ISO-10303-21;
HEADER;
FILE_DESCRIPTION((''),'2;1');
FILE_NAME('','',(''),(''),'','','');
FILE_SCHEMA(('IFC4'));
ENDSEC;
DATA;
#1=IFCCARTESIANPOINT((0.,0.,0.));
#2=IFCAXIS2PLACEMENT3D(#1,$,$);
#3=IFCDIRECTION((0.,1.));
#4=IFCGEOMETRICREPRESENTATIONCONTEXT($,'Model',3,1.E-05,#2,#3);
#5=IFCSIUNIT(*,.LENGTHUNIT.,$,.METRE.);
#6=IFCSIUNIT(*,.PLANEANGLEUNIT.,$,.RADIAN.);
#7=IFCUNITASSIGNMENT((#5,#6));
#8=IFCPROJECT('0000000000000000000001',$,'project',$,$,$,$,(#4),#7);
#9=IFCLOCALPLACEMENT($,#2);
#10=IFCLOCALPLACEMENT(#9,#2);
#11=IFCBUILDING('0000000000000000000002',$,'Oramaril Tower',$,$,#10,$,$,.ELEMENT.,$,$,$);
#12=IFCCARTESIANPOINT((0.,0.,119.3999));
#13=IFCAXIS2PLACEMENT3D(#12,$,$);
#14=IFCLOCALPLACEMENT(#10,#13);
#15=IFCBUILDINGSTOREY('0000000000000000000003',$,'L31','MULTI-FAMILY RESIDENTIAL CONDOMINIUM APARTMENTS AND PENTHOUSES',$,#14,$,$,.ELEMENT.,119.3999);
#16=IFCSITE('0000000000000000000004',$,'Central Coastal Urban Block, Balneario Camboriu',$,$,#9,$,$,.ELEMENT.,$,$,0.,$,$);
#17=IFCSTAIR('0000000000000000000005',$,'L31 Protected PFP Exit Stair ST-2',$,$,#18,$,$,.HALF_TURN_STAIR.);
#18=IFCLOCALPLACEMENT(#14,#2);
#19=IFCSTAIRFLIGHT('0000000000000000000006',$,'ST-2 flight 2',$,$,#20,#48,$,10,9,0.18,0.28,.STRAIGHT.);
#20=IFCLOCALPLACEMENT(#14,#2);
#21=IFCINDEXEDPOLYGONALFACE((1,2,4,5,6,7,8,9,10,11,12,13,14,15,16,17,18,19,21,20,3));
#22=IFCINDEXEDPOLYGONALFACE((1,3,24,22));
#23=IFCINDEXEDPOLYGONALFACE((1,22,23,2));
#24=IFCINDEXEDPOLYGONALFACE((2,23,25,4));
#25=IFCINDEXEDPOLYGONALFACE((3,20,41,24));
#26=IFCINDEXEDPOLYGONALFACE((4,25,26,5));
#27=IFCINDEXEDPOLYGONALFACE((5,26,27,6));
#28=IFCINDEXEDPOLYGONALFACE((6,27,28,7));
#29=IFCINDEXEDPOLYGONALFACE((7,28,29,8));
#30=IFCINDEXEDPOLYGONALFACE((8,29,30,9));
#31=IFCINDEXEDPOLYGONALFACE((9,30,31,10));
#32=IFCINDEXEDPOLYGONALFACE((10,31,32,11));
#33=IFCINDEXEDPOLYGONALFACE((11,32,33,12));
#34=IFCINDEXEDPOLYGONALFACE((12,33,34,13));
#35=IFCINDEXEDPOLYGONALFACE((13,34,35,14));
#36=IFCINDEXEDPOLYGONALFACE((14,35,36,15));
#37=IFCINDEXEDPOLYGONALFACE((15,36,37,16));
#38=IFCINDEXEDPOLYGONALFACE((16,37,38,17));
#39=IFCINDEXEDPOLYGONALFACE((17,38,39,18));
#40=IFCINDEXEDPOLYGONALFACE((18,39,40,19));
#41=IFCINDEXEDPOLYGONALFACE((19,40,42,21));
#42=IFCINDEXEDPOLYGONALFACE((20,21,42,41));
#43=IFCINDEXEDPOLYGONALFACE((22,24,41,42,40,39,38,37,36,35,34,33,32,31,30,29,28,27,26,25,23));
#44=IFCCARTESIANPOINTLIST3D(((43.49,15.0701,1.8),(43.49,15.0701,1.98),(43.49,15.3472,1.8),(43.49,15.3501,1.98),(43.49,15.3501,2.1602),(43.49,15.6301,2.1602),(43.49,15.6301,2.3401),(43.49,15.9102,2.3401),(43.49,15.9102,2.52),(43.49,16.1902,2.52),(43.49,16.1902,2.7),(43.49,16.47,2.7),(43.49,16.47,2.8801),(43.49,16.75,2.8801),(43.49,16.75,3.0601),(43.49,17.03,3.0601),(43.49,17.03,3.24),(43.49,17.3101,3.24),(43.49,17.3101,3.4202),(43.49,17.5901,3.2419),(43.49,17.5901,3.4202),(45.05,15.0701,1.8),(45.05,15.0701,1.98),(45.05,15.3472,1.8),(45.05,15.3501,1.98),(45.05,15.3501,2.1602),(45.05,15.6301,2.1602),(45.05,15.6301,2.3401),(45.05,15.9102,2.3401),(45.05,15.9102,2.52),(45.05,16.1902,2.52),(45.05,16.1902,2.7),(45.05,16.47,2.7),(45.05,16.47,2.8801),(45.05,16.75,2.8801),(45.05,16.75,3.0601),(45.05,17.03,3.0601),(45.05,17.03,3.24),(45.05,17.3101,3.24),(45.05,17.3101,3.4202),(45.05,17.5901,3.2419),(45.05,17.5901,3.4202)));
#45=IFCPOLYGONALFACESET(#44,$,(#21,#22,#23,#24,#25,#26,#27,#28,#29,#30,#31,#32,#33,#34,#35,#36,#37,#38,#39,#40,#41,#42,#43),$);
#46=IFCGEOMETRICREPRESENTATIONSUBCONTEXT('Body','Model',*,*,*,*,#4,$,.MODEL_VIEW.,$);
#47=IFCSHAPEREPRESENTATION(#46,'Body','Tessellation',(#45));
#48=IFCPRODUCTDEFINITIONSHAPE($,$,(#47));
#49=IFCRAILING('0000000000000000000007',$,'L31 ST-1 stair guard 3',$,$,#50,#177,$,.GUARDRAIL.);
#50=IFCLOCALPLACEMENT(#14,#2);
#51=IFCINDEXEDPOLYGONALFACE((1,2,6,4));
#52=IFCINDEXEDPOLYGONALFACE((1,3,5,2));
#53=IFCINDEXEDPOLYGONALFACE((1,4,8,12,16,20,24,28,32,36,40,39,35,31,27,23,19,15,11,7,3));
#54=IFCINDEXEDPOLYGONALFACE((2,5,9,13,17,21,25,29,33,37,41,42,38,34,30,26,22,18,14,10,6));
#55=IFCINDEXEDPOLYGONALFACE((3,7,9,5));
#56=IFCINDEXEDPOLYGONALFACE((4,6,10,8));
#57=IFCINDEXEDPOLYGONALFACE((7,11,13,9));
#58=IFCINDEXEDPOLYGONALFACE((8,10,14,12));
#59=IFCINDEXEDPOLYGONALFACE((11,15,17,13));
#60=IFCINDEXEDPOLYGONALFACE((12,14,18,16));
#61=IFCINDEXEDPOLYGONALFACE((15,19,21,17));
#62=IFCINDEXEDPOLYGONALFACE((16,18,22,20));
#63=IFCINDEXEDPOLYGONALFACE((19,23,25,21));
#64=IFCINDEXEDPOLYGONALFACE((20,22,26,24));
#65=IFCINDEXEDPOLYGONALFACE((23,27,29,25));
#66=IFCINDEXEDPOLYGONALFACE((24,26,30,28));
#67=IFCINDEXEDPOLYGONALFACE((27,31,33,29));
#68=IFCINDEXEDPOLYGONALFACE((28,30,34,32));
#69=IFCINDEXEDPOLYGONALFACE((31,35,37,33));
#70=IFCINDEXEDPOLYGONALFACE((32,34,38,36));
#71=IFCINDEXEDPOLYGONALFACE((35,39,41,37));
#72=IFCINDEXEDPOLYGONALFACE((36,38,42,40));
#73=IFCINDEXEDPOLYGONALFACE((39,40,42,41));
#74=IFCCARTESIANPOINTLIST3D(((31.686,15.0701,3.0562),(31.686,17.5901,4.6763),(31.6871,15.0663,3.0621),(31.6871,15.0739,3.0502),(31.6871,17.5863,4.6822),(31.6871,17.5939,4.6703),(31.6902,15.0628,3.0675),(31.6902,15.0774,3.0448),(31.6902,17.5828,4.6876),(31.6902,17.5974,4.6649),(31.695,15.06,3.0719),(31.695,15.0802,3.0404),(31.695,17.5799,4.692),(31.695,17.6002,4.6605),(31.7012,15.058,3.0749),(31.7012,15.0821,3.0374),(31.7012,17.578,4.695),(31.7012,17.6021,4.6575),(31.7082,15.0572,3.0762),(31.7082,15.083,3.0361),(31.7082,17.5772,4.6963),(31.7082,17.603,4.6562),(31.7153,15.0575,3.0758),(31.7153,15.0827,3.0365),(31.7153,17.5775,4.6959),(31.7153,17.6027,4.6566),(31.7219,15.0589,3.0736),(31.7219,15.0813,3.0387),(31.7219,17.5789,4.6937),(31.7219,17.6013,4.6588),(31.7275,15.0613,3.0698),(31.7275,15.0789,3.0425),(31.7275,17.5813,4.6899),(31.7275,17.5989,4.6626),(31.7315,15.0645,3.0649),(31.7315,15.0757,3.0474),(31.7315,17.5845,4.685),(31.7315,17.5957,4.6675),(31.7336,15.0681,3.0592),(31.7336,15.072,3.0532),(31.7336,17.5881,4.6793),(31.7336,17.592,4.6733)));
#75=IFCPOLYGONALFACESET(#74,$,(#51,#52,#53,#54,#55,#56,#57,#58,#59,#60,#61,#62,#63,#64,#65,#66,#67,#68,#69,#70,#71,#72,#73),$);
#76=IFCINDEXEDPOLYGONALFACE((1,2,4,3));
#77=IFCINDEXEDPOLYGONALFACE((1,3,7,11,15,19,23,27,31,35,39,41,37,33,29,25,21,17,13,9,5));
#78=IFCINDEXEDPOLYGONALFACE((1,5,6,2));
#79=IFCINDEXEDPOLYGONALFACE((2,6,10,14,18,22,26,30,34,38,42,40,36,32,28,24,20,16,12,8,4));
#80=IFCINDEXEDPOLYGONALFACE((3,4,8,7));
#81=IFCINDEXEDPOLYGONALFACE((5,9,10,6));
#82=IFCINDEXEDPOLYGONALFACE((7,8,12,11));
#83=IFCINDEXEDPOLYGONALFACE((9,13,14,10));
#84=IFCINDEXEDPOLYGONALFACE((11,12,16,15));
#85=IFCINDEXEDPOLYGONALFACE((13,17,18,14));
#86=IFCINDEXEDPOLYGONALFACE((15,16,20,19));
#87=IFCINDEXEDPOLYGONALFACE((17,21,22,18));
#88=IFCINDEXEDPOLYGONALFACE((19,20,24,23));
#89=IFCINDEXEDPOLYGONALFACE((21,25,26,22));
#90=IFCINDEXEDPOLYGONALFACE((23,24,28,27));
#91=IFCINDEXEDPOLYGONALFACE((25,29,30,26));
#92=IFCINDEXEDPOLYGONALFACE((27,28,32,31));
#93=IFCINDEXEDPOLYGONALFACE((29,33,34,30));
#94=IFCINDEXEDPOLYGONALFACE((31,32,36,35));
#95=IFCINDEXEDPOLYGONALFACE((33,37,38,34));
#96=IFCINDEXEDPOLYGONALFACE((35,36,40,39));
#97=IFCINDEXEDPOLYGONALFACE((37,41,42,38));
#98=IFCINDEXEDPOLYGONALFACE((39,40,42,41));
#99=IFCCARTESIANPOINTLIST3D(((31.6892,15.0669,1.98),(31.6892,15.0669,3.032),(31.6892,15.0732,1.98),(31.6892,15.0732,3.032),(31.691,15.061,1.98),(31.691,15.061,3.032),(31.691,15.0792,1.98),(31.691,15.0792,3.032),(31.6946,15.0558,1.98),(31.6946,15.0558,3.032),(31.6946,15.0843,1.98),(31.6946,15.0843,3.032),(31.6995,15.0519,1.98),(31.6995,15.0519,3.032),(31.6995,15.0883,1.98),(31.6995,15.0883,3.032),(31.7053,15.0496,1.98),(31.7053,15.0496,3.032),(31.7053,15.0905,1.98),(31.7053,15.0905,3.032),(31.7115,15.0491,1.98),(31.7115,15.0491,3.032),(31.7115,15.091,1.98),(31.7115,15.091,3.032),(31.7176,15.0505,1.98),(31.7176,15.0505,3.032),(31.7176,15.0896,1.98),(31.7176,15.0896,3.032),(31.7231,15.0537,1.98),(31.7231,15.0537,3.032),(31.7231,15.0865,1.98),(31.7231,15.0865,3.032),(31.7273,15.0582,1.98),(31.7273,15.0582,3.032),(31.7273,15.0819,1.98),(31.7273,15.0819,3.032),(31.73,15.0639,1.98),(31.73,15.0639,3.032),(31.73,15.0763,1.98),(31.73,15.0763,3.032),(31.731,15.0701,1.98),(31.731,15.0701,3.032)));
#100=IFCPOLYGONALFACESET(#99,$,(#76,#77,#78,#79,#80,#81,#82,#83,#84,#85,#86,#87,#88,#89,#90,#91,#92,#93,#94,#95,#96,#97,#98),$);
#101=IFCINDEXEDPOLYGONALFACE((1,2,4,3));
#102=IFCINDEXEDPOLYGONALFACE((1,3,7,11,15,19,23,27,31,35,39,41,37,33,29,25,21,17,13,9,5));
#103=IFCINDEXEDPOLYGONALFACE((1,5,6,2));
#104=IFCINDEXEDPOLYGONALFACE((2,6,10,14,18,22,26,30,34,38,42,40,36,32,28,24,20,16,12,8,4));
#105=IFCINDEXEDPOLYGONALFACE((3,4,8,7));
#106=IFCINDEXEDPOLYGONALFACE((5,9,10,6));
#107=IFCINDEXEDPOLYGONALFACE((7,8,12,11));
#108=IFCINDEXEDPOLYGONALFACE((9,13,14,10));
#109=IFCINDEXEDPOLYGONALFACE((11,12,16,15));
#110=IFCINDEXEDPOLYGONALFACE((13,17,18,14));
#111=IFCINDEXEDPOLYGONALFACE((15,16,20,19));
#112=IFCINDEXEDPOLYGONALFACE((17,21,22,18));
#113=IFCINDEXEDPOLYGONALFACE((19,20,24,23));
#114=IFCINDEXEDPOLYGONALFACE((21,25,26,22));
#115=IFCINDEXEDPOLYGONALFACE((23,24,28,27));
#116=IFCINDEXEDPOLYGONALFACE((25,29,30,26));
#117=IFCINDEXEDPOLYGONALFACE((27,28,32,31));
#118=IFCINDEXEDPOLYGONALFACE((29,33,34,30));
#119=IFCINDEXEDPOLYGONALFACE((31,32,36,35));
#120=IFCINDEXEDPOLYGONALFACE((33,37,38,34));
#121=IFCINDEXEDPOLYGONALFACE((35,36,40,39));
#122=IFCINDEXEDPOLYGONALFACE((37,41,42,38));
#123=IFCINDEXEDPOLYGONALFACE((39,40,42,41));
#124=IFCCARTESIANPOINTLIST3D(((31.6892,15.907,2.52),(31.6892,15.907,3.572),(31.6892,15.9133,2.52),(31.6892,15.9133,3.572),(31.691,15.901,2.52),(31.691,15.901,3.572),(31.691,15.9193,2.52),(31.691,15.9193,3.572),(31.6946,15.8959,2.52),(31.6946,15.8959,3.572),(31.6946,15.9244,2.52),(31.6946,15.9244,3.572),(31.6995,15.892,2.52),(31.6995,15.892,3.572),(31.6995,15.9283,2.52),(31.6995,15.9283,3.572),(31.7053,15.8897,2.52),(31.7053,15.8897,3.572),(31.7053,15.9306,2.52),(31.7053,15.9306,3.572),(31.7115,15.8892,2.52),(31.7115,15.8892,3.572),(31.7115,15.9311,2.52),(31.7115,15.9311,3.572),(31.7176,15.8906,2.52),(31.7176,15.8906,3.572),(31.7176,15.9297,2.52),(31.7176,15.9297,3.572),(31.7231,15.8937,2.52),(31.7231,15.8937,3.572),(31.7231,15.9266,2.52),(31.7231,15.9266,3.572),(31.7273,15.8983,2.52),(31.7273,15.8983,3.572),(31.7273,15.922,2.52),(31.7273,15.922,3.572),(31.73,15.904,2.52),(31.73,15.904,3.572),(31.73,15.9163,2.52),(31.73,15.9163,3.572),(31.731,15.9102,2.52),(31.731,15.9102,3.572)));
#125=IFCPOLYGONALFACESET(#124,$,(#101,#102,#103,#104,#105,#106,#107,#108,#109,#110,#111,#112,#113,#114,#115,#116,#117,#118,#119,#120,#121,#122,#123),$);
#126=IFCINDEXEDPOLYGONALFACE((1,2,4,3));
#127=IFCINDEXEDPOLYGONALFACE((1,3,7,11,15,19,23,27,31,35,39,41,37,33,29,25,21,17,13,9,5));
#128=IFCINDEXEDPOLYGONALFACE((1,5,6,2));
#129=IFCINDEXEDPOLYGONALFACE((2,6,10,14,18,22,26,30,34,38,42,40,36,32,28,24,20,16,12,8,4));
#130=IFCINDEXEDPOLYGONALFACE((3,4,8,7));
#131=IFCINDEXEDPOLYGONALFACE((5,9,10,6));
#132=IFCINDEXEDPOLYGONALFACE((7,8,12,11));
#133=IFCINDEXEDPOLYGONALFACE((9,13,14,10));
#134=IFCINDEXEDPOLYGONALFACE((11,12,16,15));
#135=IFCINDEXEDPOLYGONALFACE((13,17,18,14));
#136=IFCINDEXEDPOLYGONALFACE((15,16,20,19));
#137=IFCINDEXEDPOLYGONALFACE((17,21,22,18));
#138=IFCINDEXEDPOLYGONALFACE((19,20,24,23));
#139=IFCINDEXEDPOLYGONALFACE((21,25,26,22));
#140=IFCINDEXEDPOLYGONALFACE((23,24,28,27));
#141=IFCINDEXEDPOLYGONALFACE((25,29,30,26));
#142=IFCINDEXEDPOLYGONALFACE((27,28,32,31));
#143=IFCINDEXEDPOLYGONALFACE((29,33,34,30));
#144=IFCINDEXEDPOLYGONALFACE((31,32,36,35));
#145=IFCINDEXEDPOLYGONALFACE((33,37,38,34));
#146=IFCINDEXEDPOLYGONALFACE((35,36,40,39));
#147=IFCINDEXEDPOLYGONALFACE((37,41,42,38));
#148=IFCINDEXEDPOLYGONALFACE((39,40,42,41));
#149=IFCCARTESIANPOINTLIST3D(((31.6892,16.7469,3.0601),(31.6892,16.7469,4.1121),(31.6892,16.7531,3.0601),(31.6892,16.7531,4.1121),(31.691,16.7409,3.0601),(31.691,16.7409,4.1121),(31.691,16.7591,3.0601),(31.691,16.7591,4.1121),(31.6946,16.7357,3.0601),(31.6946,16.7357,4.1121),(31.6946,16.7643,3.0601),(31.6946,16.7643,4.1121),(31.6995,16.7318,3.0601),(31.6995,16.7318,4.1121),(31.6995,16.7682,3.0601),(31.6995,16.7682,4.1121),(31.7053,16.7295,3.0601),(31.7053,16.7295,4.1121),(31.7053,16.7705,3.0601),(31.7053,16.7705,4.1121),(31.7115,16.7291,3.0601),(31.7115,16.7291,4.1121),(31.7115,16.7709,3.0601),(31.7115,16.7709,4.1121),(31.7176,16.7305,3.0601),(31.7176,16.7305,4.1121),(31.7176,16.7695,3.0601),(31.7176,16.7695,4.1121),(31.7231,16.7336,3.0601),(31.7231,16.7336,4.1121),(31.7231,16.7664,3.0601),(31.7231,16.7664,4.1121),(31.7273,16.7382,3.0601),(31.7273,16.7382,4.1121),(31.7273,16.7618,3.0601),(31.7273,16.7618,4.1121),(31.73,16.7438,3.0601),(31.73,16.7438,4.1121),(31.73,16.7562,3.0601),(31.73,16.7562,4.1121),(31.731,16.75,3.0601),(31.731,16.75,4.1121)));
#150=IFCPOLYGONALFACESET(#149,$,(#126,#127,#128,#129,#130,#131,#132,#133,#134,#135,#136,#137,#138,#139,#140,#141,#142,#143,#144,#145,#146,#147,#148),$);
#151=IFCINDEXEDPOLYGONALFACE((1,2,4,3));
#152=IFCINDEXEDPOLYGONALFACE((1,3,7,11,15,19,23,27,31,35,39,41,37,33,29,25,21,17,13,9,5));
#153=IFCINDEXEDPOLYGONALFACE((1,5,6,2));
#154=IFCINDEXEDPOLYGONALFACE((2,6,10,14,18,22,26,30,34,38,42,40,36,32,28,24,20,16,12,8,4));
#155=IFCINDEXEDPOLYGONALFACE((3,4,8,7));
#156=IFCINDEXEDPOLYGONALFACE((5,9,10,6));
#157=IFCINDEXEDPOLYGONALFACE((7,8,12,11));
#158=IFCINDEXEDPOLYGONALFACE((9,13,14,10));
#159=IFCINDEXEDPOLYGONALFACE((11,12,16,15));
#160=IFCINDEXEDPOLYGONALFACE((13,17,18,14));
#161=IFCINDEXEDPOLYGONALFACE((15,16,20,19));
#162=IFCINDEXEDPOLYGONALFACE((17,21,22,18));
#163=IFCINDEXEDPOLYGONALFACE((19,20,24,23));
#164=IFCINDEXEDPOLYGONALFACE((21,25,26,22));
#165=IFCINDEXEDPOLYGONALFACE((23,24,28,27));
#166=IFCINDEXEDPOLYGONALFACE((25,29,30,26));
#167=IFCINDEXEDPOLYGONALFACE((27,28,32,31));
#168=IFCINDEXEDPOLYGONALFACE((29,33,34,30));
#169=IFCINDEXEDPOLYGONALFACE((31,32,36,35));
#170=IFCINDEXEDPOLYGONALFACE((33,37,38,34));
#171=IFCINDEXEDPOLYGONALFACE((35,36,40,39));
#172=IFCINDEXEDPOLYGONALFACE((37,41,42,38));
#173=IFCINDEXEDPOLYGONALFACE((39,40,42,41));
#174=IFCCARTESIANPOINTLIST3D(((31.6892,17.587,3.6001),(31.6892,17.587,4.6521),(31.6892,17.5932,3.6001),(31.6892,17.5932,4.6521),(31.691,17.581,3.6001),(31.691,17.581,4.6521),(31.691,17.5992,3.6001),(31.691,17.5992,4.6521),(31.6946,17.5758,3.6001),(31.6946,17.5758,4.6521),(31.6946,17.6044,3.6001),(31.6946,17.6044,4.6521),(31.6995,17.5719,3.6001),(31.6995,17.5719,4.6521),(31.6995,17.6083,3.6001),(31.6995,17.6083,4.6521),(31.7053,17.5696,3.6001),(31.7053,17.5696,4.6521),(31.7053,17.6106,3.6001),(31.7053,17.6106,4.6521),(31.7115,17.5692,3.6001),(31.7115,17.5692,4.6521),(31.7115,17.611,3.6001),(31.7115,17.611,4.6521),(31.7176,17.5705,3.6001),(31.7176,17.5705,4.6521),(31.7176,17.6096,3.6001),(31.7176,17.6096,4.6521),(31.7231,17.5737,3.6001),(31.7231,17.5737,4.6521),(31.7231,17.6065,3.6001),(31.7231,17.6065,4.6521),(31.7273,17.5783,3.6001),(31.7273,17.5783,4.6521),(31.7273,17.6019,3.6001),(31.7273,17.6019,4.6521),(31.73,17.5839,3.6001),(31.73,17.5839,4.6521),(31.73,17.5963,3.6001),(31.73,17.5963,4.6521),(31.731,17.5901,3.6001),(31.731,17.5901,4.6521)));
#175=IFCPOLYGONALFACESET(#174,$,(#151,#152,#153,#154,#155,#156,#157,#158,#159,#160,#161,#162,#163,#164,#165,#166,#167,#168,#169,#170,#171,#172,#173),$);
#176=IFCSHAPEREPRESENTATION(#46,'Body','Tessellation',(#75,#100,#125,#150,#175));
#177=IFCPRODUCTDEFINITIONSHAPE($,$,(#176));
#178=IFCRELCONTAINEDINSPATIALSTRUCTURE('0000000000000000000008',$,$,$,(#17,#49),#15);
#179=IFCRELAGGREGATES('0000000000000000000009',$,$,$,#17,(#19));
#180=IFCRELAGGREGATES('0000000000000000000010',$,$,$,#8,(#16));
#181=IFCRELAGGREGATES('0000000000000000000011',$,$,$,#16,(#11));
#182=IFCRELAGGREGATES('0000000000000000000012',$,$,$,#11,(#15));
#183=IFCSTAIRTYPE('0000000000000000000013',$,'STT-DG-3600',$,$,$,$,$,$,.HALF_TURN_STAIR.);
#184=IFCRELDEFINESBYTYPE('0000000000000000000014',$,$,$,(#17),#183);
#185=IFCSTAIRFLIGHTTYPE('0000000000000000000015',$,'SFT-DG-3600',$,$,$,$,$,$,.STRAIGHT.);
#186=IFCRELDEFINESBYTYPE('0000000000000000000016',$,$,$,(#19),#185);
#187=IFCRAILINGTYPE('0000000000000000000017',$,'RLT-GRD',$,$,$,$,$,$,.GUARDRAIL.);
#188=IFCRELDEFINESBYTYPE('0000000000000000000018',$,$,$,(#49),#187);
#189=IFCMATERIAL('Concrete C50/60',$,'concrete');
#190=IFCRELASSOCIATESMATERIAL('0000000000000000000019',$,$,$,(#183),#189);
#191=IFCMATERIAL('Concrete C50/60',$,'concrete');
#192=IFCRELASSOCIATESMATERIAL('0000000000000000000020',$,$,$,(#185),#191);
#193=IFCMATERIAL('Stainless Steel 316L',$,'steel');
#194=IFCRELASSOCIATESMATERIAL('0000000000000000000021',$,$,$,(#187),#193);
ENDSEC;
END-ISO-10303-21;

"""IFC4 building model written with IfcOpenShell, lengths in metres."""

from ifc_helpers import new_model, si_unit, direction, frame, origin, origin_2d, place, context, subcontext, project, spatial, polyline, circle, outline, extrude, material, type_object, element, aggregate, save


model = new_model("IFC4")

# Units and contexts
model_context = context("Model", 3, precision=1e-05, world=origin(), true_north=direction((0.0, 1.0)))
body_context = subcontext(model_context, "Body", "Model", "MODEL_VIEW")
ifc_project = project(units=[si_unit("LENGTHUNIT", "METRE"), si_unit("PLANEANGLEUNIT", "RADIAN")], contexts=[model_context])

# Site, building, storey
site_placement = place(None, origin())
site = spatial("IfcSite", under=ifc_project, at=site_placement, Name="Central Coastal Urban Block, Balneario Camboriu", CompositionType="ELEMENT", RefElevation=0.0)
building_placement = place(site_placement, origin())
building = spatial("IfcBuilding", under=site, at=building_placement, Name="Oramaril Tower", CompositionType="ELEMENT")
storey_placement = place(building_placement, frame((0.0, 0.0, 119.3999)))
storey = spatial("IfcBuildingStorey", under=building, at=storey_placement, Name="L31", Description="MULTI-FAMILY RESIDENTIAL CONDOMINIUM APARTMENTS AND PENTHOUSES", CompositionType="ELEMENT", Elevation=119.3999)

# Shared definitions
ifc_material_1 = material(Name="Concrete C50/60", Category="concrete")
stair_type = type_object("IfcStairType", Name="STT-DG-3600", PredefinedType="HALF_TURN_STAIR", material=ifc_material_1)
ifc_material_2 = material(Name="Concrete C50/60", Category="concrete")
stair_flight_type = type_object("IfcStairFlightType", Name="SFT-DG-3600", PredefinedType="STRAIGHT", material=ifc_material_2)

# Stair, stair flight
stair_1_placement = place(storey_placement, origin())
stair_1 = element("IfcStair", 1, at=stair_1_placement, inside=storey, type_object=stair_type, Name="L31 Protected PFP Exit Stair ST-2", PredefinedType="HALF_TURN_STAIR")
stair_flight_1_placement = place(storey_placement, frame((44.27, 15.0701, 1.8), z_axis=(0.0, 0.0, 1.0), x_axis=(0.0, 1.0, 0.0)))
stair_flight_1 = element("IfcStairFlight", 2, at=stair_flight_1_placement, type_object=stair_flight_type, Name="ST-2 flight 2", NumberOfRisers=10, NumberOfTreads=9, PredefinedType="STRAIGHT", RiserHeight=0.18, TreadLength=0.28, context=body_context, shape_type="SweptSolid", body=[
    extrude(outline(polyline([(0.0, 0.0), (0.0, 0.1799), (0.28, 0.1799), (0.28, 0.3601), (0.5601, 0.3601), (0.5601, 0.54), (0.8401, 0.54), (0.8401, 0.72), (1.1201, 0.72), (1.1201, 0.8999), (1.3999, 0.8999), (1.3999, 1.0801), (1.6799, 1.0801), (1.6799, 1.26), (1.96, 1.26), (1.96, 1.4399), (2.24, 1.4399), (2.24, 1.6201), (2.52, 1.6201), (2.52, 1.8), (2.52, 1.4419), (0.2771, 0.0), (0.0, 0.0)])), frame((0.0, 0.78, 0.0), z_axis=(0.0, -1.0, 0.0), x_axis=(1.0, 0.0, 0.0)), (0.0, 0.0, 1.0), 1.5601),
])
aggregate(stair_1, [stair_flight_1])

# Railing
ifc_material_3 = material(Name="Stainless Steel 316L", Category="steel")
railing_type_1 = type_object("IfcRailingType", Name="RLT-GRD", PredefinedType="GUARDRAIL", material=ifc_material_3)
railing_1_placement = place(storey_placement, frame((31.71, 15.0701, 1.98)))
element("IfcRailing", 3, at=railing_1_placement, inside=storey, type_object=railing_type_1, Name="L31 ST-1 stair guard 3", PredefinedType="GUARDRAIL", context=body_context, shape_type="SweptSolid", body=[
    extrude(circle(Radius=0.0239, at=origin_2d()), frame((0.0, 0.0, 1.0762), z_axis=(0.0, 0.841163, 0.540782), x_axis=(-1.0, 0.0, 0.0)), (0.0, 0.0, 1.0), 2.9958),
    extrude(circle(Radius=0.021, at=origin_2d()), origin(), (0.0, 0.0, 1.0), 1.052),
    extrude(circle(Radius=0.021, at=origin_2d()), frame((0.0, 0.8401, 0.54)), (0.0, 0.0, 1.0), 1.052),
    extrude(circle(Radius=0.021, at=origin_2d()), frame((0.0, 1.6799, 1.0801)), (0.0, 0.0, 1.0), 1.052),
    extrude(circle(Radius=0.021, at=origin_2d()), frame((0.0, 2.52, 1.6201)), (0.0, 0.0, 1.0), 1.052),
])

save(model, "model.ifc")
